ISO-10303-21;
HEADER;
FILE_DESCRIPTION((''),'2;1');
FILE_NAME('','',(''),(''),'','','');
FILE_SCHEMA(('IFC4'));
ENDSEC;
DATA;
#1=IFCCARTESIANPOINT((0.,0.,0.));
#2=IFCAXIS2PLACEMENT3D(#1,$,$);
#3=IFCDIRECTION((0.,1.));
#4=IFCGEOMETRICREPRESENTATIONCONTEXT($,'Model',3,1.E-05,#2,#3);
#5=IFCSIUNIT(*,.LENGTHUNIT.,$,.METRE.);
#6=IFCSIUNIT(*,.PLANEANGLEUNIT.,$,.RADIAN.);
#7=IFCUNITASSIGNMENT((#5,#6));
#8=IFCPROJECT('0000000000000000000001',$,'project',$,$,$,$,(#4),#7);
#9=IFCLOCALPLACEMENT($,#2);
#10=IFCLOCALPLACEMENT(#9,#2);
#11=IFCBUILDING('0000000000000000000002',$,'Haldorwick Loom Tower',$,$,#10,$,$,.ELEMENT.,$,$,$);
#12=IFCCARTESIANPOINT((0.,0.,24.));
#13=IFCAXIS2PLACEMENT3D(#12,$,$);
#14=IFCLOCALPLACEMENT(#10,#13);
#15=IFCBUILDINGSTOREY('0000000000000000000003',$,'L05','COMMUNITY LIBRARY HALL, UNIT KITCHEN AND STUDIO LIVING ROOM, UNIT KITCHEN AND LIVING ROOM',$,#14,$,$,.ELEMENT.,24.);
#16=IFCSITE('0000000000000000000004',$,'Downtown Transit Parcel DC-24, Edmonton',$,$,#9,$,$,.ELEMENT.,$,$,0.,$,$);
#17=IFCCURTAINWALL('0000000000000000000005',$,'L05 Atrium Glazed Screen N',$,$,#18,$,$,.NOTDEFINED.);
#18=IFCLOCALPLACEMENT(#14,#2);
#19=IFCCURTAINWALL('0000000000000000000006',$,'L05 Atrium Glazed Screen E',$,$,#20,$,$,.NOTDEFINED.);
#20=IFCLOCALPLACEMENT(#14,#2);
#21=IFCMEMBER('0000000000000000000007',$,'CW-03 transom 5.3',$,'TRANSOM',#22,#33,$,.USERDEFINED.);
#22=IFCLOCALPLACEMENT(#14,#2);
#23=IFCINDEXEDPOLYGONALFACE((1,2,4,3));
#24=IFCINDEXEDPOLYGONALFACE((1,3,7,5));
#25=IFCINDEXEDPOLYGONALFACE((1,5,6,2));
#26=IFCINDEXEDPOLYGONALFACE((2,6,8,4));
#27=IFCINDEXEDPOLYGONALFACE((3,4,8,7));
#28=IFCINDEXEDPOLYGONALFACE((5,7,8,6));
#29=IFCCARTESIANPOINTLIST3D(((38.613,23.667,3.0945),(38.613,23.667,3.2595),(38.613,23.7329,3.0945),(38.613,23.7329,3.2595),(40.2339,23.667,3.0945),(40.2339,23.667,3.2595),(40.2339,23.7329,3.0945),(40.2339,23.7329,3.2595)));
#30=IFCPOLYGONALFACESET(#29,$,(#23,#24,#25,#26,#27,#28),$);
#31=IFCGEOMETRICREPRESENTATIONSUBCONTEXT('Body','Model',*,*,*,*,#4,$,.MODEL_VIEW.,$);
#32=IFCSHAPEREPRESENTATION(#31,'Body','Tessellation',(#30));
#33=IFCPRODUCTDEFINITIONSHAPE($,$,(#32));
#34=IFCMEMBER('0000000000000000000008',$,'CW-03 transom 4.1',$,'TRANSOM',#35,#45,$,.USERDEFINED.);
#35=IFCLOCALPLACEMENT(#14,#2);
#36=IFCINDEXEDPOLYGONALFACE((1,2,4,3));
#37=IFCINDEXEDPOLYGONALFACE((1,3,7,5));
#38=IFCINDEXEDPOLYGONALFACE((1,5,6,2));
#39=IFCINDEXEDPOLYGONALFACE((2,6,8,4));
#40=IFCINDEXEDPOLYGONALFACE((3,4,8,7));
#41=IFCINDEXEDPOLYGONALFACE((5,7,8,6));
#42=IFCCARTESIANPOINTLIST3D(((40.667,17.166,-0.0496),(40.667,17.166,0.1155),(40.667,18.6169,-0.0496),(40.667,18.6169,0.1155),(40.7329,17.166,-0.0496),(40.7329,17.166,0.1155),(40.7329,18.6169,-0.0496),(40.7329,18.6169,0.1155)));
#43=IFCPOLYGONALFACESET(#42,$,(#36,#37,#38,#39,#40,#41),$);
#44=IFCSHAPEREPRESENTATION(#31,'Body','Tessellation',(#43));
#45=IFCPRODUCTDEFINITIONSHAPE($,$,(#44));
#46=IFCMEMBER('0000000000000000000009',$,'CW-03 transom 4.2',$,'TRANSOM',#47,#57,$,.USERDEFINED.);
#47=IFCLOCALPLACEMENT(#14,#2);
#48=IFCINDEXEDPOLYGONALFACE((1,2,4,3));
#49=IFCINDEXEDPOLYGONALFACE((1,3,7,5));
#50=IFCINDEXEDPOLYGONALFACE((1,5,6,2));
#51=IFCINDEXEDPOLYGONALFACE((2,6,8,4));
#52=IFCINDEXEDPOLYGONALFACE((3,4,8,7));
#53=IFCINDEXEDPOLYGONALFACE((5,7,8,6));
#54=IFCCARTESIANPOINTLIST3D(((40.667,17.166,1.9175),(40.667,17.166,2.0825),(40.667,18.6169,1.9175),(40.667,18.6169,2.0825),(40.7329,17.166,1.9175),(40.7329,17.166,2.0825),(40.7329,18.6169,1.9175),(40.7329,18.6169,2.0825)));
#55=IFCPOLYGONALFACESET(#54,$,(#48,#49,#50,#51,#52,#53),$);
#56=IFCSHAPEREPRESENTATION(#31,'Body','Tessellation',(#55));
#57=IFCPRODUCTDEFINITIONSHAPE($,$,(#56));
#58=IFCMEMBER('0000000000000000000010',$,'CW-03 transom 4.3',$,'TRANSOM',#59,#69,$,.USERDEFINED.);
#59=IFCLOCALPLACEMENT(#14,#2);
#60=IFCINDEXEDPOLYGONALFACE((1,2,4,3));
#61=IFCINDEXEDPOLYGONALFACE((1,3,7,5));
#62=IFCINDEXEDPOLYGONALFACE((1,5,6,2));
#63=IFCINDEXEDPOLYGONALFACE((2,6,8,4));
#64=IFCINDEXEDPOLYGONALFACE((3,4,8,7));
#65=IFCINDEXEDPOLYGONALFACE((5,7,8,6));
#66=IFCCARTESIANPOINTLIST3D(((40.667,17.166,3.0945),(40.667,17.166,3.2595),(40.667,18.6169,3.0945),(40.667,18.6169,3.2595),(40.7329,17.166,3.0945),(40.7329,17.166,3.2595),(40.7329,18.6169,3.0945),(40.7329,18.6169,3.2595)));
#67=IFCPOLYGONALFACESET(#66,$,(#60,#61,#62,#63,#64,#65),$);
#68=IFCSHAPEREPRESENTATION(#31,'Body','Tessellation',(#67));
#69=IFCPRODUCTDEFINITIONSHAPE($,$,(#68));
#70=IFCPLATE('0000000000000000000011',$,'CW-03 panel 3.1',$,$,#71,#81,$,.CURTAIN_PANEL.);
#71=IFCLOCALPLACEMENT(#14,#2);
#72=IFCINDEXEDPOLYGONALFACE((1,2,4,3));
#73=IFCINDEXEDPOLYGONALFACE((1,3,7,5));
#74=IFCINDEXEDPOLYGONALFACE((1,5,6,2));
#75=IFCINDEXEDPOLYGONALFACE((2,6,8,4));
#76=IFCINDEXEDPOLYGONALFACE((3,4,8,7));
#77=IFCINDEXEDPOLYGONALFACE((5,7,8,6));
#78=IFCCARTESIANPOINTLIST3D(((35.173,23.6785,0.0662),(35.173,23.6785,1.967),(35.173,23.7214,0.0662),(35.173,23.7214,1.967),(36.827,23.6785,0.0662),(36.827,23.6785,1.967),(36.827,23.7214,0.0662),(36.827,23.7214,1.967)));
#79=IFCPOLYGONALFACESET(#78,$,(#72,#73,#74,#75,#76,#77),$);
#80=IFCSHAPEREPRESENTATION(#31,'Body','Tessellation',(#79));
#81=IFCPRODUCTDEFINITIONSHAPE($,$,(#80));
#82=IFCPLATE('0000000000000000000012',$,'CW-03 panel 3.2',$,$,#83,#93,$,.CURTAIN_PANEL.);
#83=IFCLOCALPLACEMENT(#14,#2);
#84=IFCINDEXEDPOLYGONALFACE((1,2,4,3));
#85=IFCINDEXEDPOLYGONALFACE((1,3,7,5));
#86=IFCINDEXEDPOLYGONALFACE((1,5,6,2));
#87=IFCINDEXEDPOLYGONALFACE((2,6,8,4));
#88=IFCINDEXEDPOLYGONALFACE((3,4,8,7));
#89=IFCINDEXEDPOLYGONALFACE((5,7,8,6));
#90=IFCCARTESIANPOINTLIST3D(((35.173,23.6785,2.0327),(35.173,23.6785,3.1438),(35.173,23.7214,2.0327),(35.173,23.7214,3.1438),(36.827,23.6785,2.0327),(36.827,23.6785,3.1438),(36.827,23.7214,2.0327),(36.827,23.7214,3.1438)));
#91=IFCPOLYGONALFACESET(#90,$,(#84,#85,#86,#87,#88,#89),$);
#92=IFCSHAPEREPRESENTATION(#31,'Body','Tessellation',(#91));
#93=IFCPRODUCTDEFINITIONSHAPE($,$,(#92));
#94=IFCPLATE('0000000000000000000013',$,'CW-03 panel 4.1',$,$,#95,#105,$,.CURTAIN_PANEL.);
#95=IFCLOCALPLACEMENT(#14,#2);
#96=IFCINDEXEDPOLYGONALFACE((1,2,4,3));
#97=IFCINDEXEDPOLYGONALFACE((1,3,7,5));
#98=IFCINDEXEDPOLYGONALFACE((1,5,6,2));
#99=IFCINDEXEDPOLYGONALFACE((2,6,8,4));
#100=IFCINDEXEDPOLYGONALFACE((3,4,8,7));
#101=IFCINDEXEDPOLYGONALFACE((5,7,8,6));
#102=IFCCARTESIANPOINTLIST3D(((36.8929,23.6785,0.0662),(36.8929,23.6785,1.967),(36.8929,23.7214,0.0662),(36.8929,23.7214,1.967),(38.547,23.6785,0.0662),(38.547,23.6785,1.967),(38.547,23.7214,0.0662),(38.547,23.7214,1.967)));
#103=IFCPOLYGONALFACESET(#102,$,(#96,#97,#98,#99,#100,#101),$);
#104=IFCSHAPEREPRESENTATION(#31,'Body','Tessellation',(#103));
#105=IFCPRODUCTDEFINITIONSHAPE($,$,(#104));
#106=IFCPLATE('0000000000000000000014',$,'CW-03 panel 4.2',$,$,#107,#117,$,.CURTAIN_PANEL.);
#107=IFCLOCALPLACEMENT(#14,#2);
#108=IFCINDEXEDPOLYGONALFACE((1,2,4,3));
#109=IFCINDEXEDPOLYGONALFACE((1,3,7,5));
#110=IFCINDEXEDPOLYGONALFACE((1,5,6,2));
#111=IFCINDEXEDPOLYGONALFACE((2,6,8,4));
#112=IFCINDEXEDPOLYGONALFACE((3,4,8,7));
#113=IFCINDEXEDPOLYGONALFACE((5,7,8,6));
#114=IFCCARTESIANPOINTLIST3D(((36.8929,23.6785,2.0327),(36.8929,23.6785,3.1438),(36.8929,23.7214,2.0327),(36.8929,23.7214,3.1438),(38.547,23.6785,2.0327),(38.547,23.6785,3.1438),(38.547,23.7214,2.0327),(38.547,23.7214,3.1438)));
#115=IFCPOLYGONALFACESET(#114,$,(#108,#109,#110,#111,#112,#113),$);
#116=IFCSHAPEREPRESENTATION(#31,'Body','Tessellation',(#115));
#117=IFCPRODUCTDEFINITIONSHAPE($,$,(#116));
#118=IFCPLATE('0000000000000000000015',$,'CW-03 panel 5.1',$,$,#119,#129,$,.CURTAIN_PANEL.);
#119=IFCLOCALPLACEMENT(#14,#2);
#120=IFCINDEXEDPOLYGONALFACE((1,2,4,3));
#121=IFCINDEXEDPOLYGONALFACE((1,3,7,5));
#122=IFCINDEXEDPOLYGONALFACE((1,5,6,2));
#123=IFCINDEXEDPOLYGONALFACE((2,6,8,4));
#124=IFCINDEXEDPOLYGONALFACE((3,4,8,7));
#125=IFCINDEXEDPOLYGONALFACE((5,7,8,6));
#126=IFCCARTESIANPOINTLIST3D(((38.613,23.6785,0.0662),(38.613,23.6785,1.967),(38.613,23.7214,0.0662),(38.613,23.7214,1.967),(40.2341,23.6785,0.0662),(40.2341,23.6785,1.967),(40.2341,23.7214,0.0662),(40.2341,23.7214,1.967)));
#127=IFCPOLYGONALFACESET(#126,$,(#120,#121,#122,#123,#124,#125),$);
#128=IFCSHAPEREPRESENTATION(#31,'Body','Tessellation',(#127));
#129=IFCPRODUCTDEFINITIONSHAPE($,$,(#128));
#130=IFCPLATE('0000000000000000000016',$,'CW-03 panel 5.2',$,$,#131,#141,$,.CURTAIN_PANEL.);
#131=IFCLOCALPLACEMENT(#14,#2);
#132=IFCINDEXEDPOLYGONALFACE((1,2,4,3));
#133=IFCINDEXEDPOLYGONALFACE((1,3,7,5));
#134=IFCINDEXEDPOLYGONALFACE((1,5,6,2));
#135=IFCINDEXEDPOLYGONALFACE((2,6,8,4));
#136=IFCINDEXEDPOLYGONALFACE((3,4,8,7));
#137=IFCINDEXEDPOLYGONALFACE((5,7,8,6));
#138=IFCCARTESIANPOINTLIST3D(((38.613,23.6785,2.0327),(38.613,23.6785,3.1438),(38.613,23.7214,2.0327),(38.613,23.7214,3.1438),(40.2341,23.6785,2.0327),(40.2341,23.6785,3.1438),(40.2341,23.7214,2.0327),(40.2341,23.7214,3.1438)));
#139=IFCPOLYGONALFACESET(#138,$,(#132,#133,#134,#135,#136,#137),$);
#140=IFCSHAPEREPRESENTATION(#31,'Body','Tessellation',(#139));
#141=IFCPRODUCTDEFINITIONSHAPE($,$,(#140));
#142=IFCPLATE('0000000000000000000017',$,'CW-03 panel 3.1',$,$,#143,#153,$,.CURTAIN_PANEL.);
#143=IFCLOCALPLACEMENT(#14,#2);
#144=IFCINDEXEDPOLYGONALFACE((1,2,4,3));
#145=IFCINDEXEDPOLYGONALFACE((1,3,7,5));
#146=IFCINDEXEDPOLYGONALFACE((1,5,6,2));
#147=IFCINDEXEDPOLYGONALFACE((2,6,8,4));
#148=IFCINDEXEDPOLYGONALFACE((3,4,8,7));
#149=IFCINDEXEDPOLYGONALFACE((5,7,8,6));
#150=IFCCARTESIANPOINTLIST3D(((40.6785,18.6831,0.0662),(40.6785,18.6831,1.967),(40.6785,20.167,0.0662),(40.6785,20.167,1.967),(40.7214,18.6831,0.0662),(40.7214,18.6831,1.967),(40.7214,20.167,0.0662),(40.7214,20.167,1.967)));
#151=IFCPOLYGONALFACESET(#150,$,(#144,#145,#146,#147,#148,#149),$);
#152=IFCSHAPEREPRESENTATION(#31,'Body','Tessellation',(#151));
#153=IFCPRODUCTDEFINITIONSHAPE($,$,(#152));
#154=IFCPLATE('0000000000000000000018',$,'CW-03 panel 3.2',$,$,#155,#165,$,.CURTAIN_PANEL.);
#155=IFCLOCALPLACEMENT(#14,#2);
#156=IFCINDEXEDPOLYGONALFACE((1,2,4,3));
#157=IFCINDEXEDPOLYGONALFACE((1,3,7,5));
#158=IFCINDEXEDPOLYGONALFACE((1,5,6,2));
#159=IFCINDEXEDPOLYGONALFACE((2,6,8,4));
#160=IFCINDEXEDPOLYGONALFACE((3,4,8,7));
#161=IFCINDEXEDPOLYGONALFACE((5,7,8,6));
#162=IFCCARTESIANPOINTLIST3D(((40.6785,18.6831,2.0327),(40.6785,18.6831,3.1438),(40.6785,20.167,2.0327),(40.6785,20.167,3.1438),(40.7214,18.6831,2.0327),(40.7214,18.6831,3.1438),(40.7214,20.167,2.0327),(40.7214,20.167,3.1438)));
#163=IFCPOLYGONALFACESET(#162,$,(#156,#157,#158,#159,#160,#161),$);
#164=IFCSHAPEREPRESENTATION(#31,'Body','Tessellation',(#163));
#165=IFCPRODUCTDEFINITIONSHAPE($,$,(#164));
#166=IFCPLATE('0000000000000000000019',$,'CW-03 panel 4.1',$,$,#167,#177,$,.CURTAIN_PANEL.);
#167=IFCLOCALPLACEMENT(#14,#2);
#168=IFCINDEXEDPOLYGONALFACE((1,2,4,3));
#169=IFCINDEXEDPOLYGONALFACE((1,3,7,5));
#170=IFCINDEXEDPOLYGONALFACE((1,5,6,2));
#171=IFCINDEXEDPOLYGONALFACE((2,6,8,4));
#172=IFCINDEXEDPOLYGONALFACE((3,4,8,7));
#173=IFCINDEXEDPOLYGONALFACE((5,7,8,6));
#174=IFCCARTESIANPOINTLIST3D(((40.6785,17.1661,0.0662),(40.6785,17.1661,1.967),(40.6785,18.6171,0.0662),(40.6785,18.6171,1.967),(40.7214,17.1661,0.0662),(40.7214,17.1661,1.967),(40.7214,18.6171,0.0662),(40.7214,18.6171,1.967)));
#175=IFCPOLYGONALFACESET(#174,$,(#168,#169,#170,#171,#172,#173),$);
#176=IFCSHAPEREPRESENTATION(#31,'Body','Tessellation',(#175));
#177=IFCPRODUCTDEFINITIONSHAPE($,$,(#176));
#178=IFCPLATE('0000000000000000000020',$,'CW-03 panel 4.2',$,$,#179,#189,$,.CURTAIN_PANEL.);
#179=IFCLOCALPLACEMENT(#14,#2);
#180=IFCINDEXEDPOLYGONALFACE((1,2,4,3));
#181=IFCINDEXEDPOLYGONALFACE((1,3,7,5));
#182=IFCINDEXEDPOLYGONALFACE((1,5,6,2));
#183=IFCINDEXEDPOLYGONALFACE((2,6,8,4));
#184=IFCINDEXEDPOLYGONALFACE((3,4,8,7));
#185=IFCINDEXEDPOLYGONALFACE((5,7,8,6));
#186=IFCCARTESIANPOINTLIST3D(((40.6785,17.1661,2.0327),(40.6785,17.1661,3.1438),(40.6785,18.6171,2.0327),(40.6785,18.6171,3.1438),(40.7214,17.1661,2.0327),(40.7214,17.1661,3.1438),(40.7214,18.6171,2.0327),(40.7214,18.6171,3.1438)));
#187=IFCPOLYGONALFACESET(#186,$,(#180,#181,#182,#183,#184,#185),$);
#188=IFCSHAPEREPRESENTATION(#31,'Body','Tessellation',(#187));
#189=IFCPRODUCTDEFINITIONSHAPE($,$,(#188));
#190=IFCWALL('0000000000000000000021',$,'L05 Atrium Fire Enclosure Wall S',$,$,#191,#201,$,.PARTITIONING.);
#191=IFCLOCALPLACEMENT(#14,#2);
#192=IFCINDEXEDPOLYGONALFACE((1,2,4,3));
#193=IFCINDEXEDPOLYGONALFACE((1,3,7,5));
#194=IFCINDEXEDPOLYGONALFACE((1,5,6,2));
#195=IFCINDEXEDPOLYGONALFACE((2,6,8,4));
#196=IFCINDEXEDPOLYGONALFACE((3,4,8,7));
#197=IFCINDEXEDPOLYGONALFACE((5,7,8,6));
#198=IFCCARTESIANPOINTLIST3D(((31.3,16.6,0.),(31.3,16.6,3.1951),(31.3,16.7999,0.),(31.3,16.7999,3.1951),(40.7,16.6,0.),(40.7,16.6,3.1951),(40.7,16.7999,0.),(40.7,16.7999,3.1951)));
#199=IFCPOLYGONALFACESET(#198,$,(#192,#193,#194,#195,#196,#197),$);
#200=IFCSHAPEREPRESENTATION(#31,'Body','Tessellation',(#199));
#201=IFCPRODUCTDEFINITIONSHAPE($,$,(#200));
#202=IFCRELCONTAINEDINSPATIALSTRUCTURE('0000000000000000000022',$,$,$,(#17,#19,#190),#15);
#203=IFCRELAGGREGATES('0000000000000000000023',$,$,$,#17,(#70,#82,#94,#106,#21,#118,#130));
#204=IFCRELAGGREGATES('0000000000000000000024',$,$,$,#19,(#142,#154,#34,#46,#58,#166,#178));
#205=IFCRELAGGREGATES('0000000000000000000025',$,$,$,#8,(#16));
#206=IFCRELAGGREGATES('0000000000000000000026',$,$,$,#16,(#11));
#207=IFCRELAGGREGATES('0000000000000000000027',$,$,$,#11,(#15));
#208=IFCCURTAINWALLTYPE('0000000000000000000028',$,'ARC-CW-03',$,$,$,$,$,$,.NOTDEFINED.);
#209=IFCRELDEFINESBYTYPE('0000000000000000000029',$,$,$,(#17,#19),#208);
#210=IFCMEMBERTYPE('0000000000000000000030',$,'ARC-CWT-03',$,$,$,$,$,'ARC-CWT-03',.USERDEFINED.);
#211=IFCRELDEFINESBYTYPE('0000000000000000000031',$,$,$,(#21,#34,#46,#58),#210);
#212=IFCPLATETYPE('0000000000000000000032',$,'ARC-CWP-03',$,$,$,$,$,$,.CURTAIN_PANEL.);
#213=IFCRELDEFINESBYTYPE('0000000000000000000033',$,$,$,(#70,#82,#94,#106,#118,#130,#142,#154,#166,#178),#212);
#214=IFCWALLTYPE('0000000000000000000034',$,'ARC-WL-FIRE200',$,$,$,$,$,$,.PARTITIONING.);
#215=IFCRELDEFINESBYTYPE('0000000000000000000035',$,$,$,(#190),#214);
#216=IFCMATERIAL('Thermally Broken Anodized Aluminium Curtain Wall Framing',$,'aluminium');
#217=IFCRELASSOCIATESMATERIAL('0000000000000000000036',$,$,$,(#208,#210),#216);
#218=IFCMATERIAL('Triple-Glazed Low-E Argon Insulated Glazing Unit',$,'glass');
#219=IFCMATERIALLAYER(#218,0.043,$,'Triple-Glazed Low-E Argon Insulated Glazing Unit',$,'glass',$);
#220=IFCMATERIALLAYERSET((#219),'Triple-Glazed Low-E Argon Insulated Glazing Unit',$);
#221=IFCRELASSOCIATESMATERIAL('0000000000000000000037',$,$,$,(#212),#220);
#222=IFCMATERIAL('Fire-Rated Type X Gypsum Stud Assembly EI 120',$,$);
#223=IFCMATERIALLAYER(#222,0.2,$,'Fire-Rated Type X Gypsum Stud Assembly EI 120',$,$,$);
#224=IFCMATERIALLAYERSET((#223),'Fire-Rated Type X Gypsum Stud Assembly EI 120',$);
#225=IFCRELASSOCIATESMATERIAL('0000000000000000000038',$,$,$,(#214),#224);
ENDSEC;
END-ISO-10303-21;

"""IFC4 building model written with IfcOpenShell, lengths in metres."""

from ifc_helpers import new_model, si_unit, direction, frame, frame_2d, origin, origin_2d, place, context, subcontext, project, spatial, rectangle, extrude, material, layer, layer_set, material_profile, profile_set, type_object, element, aggregate, save


model = new_model("IFC4")

# Units and contexts
model_context = context("Model", 3, precision=1e-05, world=origin(), true_north=direction((0.0, 1.0)))
body_context = subcontext(model_context, "Body", "Model", "MODEL_VIEW")
ifc_project = project(units=[si_unit("LENGTHUNIT", "METRE"), si_unit("PLANEANGLEUNIT", "RADIAN")], contexts=[model_context])

# Site, building, storey
site_placement = place(None, origin())
site = spatial("IfcSite", under=ifc_project, at=site_placement, Name="Downtown Transit Parcel DC-24, Edmonton", CompositionType="ELEMENT", RefElevation=0.0)
building_placement = place(site_placement, origin())
building = spatial("IfcBuilding", under=site, at=building_placement, Name="Haldorwick Loom Tower", CompositionType="ELEMENT")
storey_placement = place(building_placement, frame((0.0, 0.0, 24.0)))
storey = spatial("IfcBuildingStorey", under=building, at=storey_placement, Name="L05", Description="COMMUNITY LIBRARY HALL, UNIT KITCHEN AND STUDIO LIVING ROOM, UNIT KITCHEN AND LIVING ROOM", CompositionType="ELEMENT", Elevation=24.0)

# Shared definitions
ifc_material_1 = material(Name="Thermally Broken Anodized Aluminium Curtain Wall Framing", Category="aluminium")
curtain_wall_type = type_object("IfcCurtainWallType", Name="ARC-CW-03", PredefinedType="NOTDEFINED", material=ifc_material_1)

# Curtain walls
curtain_wall_1_placement = place(storey_placement, origin())
curtain_wall_1 = element("IfcCurtainWall", 1, at=curtain_wall_1_placement, inside=storey, type_object=curtain_wall_type, Name="L05 Atrium Glazed Screen N", PredefinedType="NOTDEFINED")
curtain_wall_2_placement = place(storey_placement, origin())
curtain_wall_2 = element("IfcCurtainWall", 2, at=curtain_wall_2_placement, inside=storey, type_object=curtain_wall_type, Name="L05 Atrium Glazed Screen E", PredefinedType="NOTDEFINED")

# Members
ifc_material_profile_1 = material_profile(ifc_material_1, rectangle(XDim=0.0659, YDim=0.165, at=origin_2d()), Name="ALU_TRN_66X165", Category="aluminium")
ifc_profile_set_1 = profile_set([ifc_material_profile_1], Name="Thermally Broken Anodized Aluminium Curtain Wall Framing")
member_type_1 = type_object("IfcMemberType", Name="ARC-CWT-03", ElementType="ARC-CWT-03", PredefinedType="USERDEFINED", material=ifc_profile_set_1)
member_1_placement = place(storey_placement, frame((38.613, 23.7, 3.177), z_axis=(1.0, 0.0, 0.0), x_axis=(0.0, 1.0, 0.0)))
member_1 = element("IfcMember", 3, at=member_1_placement, type_object=member_type_1, Name="CW-03 transom 5.3", ObjectType="TRANSOM", PredefinedType="USERDEFINED", context=body_context, shape_type="SweptSolid", body=[
    extrude(rectangle(XDim=0.0659, YDim=0.165, at=origin_2d()), origin(), (0.0, 0.0, 1.0), 1.6208),
])
member_2_placement = place(storey_placement, frame((40.7, 18.6169, 0.033), z_axis=(0.0, -1.0, 0.0), x_axis=(1.0, 0.0, 0.0)))
member_2 = element("IfcMember", 4, at=member_2_placement, type_object=member_type_1, Name="CW-03 transom 4.1", ObjectType="TRANSOM", PredefinedType="USERDEFINED", context=body_context, shape_type="SweptSolid", body=[
    extrude(rectangle(XDim=0.0659, YDim=0.165, at=origin_2d()), origin(), (0.0, 0.0, 1.0), 1.4509),
])
member_3_placement = place(storey_placement, frame((40.7, 18.6169, 2.0), z_axis=(0.0, -1.0, 0.0), x_axis=(1.0, 0.0, 0.0)))
member_3 = element("IfcMember", 5, at=member_3_placement, type_object=member_type_1, Name="CW-03 transom 4.2", ObjectType="TRANSOM", PredefinedType="USERDEFINED", context=body_context, shape_type="SweptSolid", body=[
    extrude(rectangle(XDim=0.0659, YDim=0.165, at=origin_2d()), origin(), (0.0, 0.0, 1.0), 1.4509),
])
member_4_placement = place(storey_placement, frame((40.7, 18.6169, 3.177), z_axis=(0.0, -1.0, 0.0), x_axis=(1.0, 0.0, 0.0)))
member_4 = element("IfcMember", 6, at=member_4_placement, type_object=member_type_1, Name="CW-03 transom 4.3", ObjectType="TRANSOM", PredefinedType="USERDEFINED", context=body_context, shape_type="SweptSolid", body=[
    extrude(rectangle(XDim=0.0659, YDim=0.165, at=origin_2d()), origin(), (0.0, 0.0, 1.0), 1.4509),
])

# Plates
ifc_material_2 = material(Name="Triple-Glazed Low-E Argon Insulated Glazing Unit", Category="glass")
ifc_layer_1 = layer(ifc_material_2, 0.043, Name="Triple-Glazed Low-E Argon Insulated Glazing Unit", Category="glass")
ifc_layer_set_1 = layer_set([ifc_layer_1], Name="Triple-Glazed Low-E Argon Insulated Glazing Unit")
plate_type = type_object("IfcPlateType", Name="ARC-CWP-03", PredefinedType="CURTAIN_PANEL", material=ifc_layer_set_1)
plate_1_placement = place(storey_placement, frame((36.0, 23.7, 0.0662), z_axis=(0.0, 0.0, 1.0), x_axis=(1.0, 0.0, 0.0)))
plate_1 = element("IfcPlate", 7, at=plate_1_placement, type_object=plate_type, Name="CW-03 panel 3.1", PredefinedType="CURTAIN_PANEL", context=body_context, shape_type="SweptSolid", body=[
    extrude(rectangle(XDim=1.6541, YDim=0.043, at=origin_2d()), origin(), (0.0, 0.0, 1.0), 1.9009),
])
plate_2_placement = place(storey_placement, frame((36.0, 23.7, 2.0327), z_axis=(0.0, 0.0, 1.0), x_axis=(1.0, 0.0, 0.0)))
plate_2 = element("IfcPlate", 8, at=plate_2_placement, type_object=plate_type, Name="CW-03 panel 3.2", PredefinedType="CURTAIN_PANEL", context=body_context, shape_type="SweptSolid", body=[
    extrude(rectangle(XDim=1.6541, YDim=0.043, at=origin_2d()), origin(), (0.0, 0.0, 1.0), 1.1111),
])
plate_3_placement = place(storey_placement, frame((37.72, 23.7, 0.0662), z_axis=(0.0, 0.0, 1.0), x_axis=(1.0, 0.0, 0.0)))
plate_3 = element("IfcPlate", 9, at=plate_3_placement, type_object=plate_type, Name="CW-03 panel 4.1", PredefinedType="CURTAIN_PANEL", context=body_context, shape_type="SweptSolid", body=[
    extrude(rectangle(XDim=1.6541, YDim=0.043, at=origin_2d()), origin(), (0.0, 0.0, 1.0), 1.9009),
])
plate_4_placement = place(storey_placement, frame((37.72, 23.7, 2.0327), z_axis=(0.0, 0.0, 1.0), x_axis=(1.0, 0.0, 0.0)))
plate_4 = element("IfcPlate", 10, at=plate_4_placement, type_object=plate_type, Name="CW-03 panel 4.2", PredefinedType="CURTAIN_PANEL", context=body_context, shape_type="SweptSolid", body=[
    extrude(rectangle(XDim=1.6541, YDim=0.043, at=origin_2d()), origin(), (0.0, 0.0, 1.0), 1.1111),
])
plate_5_placement = place(storey_placement, frame((39.4236, 23.7, 0.0662), z_axis=(0.0, 0.0, 1.0), x_axis=(1.0, 0.0, 0.0)))
plate_5 = element("IfcPlate", 11, at=plate_5_placement, type_object=plate_type, Name="CW-03 panel 5.1", PredefinedType="CURTAIN_PANEL", context=body_context, shape_type="SweptSolid", body=[
    extrude(rectangle(XDim=1.6211, YDim=0.043, at=origin_2d()), origin(), (0.0, 0.0, 1.0), 1.9009),
])
plate_6_placement = place(storey_placement, frame((39.4236, 23.7, 2.0327), z_axis=(0.0, 0.0, 1.0), x_axis=(1.0, 0.0, 0.0)))
plate_6 = element("IfcPlate", 12, at=plate_6_placement, type_object=plate_type, Name="CW-03 panel 5.2", PredefinedType="CURTAIN_PANEL", context=body_context, shape_type="SweptSolid", body=[
    extrude(rectangle(XDim=1.6211, YDim=0.043, at=origin_2d()), origin(), (0.0, 0.0, 1.0), 1.1111),
])
aggregate(curtain_wall_1, [plate_1, plate_2, plate_3, plate_4, member_1, plate_5, plate_6])
plate_7_placement = place(storey_placement, frame((40.7, 19.425, 0.0662), z_axis=(0.0, 0.0, 1.0), x_axis=(0.0, -1.0, 0.0)))
plate_7 = element("IfcPlate", 13, at=plate_7_placement, type_object=plate_type, Name="CW-03 panel 3.1", PredefinedType="CURTAIN_PANEL", context=body_context, shape_type="SweptSolid", body=[
    extrude(rectangle(XDim=1.4839, YDim=0.043, at=origin_2d()), origin(), (0.0, 0.0, 1.0), 1.9009),
])
plate_8_placement = place(storey_placement, frame((40.7, 19.425, 2.0327), z_axis=(0.0, 0.0, 1.0), x_axis=(0.0, -1.0, 0.0)))
plate_8 = element("IfcPlate", 14, at=plate_8_placement, type_object=plate_type, Name="CW-03 panel 3.2", PredefinedType="CURTAIN_PANEL", context=body_context, shape_type="SweptSolid", body=[
    extrude(rectangle(XDim=1.4839, YDim=0.043, at=origin_2d()), origin(), (0.0, 0.0, 1.0), 1.1111),
])
plate_9_placement = place(storey_placement, frame((40.7, 17.8916, 0.0662), z_axis=(0.0, 0.0, 1.0), x_axis=(0.0, -1.0, 0.0)))
plate_9 = element("IfcPlate", 15, at=plate_9_placement, type_object=plate_type, Name="CW-03 panel 4.1", PredefinedType="CURTAIN_PANEL", context=body_context, shape_type="SweptSolid", body=[
    extrude(rectangle(XDim=1.4509, YDim=0.043, at=origin_2d()), origin(), (0.0, 0.0, 1.0), 1.9009),
])
plate_10_placement = place(storey_placement, frame((40.7, 17.8916, 2.0327), z_axis=(0.0, 0.0, 1.0), x_axis=(0.0, -1.0, 0.0)))
plate_10 = element("IfcPlate", 16, at=plate_10_placement, type_object=plate_type, Name="CW-03 panel 4.2", PredefinedType="CURTAIN_PANEL", context=body_context, shape_type="SweptSolid", body=[
    extrude(rectangle(XDim=1.4509, YDim=0.043, at=origin_2d()), origin(), (0.0, 0.0, 1.0), 1.1111),
])
aggregate(curtain_wall_2, [plate_7, plate_8, member_2, member_3, member_4, plate_9, plate_10])

# Wall
ifc_material_3 = material(Name="Fire-Rated Type X Gypsum Stud Assembly EI 120")
ifc_layer_2 = layer(ifc_material_3, 0.2, Name="Fire-Rated Type X Gypsum Stud Assembly EI 120")
ifc_layer_set_2 = layer_set([ifc_layer_2], Name="Fire-Rated Type X Gypsum Stud Assembly EI 120")
wall_type = type_object("IfcWallType", Name="ARC-WL-FIRE200", PredefinedType="PARTITIONING", material=ifc_layer_set_2)
wall_placement = place(storey_placement, frame((40.7, 16.7, 0.0), z_axis=(0.0, 0.0, 1.0), x_axis=(-1.0, 0.0, 0.0)))
element("IfcWall", 17, at=wall_placement, inside=storey, type_object=wall_type, Name="L05 Atrium Fire Enclosure Wall S", PredefinedType="PARTITIONING", context=body_context, shape_type="SweptSolid", body=[
    extrude(rectangle(XDim=9.3999, YDim=0.2, at=frame_2d((4.7, 0.0))), origin(), (0.0, 0.0, 1.0), 3.1951),
])

save(model, "model.ifc")
